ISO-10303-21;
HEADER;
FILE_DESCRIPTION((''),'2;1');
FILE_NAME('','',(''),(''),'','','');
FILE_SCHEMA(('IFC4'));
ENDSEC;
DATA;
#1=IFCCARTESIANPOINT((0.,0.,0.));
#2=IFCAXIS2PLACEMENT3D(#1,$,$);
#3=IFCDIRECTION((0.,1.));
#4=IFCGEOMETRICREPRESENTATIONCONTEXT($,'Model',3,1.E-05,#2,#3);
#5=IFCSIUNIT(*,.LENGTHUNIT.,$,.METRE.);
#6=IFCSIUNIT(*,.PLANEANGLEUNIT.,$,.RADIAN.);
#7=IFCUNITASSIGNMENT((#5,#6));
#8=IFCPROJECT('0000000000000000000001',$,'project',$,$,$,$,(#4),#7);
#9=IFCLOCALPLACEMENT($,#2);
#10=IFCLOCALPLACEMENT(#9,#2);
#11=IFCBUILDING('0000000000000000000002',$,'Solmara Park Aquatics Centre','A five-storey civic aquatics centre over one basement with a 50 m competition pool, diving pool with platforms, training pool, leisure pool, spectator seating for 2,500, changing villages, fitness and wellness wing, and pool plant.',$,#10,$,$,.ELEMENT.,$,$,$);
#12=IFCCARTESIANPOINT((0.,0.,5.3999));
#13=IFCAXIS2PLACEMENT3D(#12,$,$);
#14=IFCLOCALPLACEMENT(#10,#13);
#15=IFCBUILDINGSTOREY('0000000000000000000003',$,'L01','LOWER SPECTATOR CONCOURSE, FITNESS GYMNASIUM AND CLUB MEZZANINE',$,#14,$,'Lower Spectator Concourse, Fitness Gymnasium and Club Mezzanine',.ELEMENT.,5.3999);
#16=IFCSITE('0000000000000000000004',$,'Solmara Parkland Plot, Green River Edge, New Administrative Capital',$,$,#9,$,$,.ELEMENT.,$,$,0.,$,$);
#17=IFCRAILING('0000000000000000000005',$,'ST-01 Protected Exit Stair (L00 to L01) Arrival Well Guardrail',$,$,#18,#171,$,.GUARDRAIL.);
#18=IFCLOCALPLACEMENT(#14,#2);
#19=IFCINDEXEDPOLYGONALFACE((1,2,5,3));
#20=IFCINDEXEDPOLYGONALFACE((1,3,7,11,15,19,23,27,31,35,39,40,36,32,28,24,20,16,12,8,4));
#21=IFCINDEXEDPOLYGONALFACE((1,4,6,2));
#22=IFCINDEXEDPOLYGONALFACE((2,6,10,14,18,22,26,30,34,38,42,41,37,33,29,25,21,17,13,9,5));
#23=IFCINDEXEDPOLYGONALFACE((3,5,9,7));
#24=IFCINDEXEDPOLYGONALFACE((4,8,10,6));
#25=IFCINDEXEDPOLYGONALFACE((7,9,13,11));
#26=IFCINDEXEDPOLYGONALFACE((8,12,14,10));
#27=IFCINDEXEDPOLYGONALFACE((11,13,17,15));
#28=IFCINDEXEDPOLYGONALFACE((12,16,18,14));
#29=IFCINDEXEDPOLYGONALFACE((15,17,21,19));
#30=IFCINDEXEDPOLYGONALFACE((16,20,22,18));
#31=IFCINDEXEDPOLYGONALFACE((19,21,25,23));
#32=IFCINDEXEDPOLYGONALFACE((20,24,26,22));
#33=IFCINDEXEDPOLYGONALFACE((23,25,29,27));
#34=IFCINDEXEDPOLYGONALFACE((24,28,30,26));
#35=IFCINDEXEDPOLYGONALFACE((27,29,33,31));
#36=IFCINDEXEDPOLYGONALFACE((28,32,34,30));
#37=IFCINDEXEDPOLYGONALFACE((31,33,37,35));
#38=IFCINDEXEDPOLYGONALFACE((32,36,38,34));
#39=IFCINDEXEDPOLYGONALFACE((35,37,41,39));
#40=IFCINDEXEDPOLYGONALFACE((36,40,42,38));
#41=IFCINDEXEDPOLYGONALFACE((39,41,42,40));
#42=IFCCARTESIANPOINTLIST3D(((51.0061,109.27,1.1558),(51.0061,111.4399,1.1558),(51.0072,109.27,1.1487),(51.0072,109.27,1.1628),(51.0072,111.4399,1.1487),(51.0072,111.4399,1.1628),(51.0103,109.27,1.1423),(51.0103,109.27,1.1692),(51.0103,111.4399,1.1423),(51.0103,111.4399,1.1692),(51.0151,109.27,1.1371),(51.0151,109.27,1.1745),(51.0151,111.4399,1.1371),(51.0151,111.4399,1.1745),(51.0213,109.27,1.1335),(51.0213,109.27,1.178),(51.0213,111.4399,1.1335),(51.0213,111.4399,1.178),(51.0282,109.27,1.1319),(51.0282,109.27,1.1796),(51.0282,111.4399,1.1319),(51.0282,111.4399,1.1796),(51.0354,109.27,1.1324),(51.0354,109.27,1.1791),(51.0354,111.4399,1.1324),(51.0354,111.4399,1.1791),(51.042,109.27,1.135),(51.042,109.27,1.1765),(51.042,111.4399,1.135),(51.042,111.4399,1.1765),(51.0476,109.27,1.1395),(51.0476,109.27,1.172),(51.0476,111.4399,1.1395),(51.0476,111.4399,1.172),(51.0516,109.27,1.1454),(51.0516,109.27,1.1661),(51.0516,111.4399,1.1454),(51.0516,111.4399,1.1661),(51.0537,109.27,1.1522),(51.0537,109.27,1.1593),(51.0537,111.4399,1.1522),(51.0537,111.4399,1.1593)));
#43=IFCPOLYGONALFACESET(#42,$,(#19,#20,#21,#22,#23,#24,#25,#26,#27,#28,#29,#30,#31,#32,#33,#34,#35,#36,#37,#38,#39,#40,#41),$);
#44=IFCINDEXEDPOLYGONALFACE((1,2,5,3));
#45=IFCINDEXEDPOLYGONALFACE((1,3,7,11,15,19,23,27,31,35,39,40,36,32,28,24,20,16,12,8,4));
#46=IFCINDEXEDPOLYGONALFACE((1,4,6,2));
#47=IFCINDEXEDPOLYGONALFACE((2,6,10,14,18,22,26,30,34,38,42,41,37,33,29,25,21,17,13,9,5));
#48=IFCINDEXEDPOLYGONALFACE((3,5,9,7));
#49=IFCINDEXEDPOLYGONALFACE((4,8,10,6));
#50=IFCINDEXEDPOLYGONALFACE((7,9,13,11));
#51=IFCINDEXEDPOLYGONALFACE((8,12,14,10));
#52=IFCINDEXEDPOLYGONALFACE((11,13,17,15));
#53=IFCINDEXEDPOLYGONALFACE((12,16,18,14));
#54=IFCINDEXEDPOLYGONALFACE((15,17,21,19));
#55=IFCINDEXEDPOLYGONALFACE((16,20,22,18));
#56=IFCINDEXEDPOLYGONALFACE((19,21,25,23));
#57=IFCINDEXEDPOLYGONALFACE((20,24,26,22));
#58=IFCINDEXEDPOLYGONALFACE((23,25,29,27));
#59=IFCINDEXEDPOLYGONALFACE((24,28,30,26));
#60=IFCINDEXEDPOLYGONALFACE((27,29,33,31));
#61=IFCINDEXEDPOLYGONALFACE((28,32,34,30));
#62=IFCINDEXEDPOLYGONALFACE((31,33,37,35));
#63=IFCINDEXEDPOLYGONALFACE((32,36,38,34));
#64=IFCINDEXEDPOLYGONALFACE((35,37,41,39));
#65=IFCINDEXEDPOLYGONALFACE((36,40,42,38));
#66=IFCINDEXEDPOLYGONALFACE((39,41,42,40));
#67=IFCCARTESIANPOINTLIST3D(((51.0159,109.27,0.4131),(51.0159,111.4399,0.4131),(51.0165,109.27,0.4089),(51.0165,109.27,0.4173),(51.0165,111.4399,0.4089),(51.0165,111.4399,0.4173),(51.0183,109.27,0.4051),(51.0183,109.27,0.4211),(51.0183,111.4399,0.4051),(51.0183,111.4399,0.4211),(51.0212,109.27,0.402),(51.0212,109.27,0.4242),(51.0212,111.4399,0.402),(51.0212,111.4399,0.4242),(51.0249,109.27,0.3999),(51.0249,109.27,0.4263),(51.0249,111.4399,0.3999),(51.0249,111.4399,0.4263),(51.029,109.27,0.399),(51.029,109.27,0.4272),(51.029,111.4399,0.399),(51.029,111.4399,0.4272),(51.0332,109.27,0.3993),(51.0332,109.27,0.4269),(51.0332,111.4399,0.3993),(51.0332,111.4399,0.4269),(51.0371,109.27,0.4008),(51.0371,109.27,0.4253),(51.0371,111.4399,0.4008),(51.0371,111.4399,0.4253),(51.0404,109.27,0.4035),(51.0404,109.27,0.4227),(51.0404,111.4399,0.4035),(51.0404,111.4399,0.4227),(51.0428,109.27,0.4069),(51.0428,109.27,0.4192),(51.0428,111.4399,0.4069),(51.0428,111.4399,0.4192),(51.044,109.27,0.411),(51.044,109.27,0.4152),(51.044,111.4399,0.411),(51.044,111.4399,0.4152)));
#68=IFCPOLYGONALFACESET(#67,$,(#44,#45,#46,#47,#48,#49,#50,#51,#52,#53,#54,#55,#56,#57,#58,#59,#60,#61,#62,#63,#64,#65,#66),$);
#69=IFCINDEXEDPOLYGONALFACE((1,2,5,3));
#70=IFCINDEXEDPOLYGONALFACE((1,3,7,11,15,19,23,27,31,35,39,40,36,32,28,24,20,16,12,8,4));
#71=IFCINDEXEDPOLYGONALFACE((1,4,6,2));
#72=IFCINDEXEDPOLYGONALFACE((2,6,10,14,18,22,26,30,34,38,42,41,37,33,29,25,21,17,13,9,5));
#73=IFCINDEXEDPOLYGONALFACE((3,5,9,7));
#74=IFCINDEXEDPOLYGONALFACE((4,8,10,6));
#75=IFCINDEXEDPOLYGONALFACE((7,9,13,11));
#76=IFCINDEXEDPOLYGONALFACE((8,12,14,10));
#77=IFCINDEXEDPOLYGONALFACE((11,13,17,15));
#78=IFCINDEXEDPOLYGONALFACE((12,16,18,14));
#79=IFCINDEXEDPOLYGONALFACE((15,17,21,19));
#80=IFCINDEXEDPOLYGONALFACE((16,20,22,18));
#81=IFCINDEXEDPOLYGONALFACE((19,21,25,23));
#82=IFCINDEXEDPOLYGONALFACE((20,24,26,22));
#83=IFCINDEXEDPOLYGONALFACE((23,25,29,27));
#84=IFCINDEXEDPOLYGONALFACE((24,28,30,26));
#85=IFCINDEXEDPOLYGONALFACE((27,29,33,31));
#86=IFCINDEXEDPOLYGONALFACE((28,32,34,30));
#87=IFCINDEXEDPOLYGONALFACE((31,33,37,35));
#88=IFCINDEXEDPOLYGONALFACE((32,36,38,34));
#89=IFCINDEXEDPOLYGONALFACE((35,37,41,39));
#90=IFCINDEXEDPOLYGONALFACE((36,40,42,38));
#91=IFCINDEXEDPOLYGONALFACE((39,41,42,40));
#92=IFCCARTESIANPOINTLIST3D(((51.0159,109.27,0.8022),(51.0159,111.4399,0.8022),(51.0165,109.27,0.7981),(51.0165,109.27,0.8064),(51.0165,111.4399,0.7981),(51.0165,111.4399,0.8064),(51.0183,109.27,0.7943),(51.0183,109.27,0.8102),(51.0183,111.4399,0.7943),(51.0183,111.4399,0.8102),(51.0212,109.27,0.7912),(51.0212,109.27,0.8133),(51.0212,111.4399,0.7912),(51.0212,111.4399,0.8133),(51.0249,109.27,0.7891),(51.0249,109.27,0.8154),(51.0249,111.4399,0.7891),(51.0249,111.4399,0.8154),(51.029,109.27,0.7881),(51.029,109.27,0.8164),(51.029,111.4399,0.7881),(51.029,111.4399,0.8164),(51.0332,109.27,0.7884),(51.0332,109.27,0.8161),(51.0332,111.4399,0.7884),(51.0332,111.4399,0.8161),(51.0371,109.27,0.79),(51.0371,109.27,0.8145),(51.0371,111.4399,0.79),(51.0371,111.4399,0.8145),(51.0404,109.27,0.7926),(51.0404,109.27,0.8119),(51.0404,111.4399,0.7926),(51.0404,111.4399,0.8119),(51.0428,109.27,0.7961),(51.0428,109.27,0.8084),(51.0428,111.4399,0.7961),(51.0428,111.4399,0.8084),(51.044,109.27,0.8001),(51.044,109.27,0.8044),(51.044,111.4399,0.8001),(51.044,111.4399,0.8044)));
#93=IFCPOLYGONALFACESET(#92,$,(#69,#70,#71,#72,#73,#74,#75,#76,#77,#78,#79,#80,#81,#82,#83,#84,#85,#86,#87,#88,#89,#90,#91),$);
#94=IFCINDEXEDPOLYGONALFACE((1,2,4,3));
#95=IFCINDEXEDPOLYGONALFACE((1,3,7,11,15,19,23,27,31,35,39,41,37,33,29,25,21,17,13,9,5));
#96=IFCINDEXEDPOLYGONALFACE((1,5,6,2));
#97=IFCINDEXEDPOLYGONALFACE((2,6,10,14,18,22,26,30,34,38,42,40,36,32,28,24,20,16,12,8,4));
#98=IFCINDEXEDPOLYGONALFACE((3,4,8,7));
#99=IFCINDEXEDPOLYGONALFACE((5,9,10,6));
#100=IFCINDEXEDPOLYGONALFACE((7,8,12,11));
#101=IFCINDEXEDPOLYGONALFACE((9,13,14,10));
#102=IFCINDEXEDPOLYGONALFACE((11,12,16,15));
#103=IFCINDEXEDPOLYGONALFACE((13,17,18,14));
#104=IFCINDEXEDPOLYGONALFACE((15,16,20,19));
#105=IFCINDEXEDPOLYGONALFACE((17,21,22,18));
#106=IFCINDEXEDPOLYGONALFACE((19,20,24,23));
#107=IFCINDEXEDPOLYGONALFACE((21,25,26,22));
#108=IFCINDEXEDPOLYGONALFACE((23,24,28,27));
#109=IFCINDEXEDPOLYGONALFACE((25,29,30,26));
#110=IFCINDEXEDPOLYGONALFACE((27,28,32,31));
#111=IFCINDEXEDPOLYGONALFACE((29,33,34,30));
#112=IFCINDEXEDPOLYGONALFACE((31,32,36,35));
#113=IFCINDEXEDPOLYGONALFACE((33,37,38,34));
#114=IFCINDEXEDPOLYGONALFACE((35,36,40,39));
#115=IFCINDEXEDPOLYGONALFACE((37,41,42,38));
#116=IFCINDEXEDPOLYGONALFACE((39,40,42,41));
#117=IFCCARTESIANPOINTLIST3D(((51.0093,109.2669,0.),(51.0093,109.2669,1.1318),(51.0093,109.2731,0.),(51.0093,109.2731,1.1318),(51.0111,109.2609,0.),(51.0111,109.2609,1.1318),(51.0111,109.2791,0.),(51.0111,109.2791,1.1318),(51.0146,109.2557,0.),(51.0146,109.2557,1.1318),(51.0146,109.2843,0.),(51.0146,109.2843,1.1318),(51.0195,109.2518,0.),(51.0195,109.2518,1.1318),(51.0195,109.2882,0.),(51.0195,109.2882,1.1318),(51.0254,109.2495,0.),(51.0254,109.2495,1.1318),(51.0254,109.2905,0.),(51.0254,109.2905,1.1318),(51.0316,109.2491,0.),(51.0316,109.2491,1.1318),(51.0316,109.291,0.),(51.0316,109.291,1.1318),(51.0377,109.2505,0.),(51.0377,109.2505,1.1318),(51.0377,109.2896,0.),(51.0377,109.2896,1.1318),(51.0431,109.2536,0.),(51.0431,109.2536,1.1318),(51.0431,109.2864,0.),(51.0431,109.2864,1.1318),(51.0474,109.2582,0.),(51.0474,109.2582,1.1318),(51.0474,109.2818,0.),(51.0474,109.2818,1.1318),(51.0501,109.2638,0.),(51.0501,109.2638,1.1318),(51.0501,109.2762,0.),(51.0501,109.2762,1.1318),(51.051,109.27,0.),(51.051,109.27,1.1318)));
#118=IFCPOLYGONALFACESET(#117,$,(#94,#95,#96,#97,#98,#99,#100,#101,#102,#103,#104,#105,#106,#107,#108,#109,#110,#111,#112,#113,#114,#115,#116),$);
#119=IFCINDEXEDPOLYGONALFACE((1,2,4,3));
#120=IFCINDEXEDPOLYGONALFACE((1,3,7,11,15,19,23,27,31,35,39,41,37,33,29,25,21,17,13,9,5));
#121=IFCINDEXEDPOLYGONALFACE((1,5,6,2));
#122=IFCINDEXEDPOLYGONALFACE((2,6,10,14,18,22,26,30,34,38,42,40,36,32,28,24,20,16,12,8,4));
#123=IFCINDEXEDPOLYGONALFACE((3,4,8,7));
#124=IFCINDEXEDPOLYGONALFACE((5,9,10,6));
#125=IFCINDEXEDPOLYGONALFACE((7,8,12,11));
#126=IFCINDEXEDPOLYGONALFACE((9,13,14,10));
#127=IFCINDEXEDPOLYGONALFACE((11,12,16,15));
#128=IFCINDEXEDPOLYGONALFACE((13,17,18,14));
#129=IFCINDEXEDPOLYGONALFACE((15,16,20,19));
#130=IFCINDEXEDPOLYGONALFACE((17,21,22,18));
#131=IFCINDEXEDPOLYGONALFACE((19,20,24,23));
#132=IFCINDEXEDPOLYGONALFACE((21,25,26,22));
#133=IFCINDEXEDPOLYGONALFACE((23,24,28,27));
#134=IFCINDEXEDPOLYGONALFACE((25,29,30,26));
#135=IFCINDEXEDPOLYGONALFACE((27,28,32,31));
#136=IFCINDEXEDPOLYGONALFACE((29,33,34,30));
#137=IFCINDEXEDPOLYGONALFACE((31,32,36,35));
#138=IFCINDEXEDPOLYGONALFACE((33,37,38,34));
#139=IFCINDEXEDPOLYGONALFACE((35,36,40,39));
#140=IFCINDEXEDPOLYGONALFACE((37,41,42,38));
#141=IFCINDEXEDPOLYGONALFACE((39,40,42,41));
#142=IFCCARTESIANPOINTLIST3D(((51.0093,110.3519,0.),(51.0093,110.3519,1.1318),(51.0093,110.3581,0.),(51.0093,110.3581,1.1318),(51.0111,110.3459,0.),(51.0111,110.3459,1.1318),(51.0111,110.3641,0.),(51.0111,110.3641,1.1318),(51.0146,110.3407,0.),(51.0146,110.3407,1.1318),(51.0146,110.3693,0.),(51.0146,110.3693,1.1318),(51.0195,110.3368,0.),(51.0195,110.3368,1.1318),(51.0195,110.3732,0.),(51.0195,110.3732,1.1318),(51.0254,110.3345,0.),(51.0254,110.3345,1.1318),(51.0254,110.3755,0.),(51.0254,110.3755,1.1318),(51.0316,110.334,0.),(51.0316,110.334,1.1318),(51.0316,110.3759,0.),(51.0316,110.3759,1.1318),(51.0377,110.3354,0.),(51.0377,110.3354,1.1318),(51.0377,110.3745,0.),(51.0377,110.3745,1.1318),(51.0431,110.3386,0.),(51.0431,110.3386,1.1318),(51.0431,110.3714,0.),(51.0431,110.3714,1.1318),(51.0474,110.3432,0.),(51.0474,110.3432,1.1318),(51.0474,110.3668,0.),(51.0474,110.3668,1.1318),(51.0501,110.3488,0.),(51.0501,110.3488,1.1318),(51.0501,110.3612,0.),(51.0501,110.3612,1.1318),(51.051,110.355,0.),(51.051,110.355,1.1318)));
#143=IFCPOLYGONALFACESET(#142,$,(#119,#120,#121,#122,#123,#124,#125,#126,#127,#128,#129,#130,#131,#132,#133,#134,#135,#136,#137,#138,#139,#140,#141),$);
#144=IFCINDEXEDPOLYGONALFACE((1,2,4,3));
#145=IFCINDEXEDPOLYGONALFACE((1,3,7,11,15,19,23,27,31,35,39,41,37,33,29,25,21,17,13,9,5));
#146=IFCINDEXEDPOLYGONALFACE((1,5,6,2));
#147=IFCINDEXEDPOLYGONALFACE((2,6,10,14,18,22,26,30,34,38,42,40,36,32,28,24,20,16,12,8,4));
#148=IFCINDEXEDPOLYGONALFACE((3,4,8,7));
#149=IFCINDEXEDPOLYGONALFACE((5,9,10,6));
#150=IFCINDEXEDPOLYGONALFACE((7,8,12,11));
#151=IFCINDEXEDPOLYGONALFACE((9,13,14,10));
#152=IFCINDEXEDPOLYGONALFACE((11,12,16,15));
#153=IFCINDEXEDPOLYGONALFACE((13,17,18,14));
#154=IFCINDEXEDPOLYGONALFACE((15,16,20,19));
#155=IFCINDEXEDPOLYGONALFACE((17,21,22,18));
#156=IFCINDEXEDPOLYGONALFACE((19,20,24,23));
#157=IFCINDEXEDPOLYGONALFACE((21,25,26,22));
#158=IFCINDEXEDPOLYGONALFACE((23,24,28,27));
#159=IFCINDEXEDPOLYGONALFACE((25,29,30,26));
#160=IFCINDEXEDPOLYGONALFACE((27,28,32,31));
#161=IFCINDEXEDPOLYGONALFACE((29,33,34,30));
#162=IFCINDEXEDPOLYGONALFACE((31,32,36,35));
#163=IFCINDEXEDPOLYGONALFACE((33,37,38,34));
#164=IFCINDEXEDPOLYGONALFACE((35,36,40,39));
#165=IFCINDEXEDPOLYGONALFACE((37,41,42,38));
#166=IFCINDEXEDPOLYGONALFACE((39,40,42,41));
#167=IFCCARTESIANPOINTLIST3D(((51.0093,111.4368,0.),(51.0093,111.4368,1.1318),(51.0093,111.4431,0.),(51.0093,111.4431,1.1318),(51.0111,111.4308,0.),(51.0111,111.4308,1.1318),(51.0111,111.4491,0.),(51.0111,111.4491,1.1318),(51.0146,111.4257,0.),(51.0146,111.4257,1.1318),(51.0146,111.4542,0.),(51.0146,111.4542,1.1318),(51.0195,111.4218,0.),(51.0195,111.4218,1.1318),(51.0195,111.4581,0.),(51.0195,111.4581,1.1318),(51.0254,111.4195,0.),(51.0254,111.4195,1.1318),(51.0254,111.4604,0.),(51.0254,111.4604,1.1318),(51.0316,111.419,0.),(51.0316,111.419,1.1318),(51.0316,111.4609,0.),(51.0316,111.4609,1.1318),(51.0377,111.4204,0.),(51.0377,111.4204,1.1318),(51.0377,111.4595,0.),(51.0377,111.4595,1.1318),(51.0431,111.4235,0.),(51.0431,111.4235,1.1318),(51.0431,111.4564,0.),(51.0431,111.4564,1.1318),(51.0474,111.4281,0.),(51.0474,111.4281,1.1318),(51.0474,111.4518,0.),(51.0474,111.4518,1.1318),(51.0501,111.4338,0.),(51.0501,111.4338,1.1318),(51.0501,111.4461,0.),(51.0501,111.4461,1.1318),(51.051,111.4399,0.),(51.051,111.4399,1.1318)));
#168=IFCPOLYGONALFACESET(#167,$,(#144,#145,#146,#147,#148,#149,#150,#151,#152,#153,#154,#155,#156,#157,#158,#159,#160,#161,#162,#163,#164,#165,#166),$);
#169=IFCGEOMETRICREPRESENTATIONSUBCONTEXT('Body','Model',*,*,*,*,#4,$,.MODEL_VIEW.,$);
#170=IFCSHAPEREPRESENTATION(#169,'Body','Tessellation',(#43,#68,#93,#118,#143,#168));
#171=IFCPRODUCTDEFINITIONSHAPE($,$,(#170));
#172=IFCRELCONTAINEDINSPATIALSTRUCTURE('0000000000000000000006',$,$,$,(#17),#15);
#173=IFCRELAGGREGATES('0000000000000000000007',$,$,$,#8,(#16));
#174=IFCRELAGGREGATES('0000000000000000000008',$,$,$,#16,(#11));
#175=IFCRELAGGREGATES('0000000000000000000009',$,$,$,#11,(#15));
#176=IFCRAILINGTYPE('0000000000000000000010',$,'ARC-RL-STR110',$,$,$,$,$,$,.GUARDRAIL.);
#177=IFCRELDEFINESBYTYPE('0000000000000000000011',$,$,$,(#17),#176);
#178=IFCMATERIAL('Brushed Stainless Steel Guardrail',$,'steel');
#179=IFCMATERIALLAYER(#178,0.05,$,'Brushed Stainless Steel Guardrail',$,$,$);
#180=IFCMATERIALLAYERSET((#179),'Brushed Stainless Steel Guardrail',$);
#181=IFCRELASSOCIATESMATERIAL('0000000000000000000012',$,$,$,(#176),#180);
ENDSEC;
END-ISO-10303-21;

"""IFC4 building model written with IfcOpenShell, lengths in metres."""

from ifc_helpers import new_model, si_unit, direction, frame, origin, origin_2d, place, context, subcontext, project, spatial, circle, extrude, material, layer, layer_set, type_object, element, save


model = new_model("IFC4")

# Units and contexts
model_context = context("Model", 3, precision=1e-05, world=origin(), true_north=direction((0.0, 1.0)))
body_context = subcontext(model_context, "Body", "Model", "MODEL_VIEW")
ifc_project = project(units=[si_unit("LENGTHUNIT", "METRE"), si_unit("PLANEANGLEUNIT", "RADIAN")], contexts=[model_context])

# Site, building, storey
site_placement = place(None, origin())
site = spatial("IfcSite", under=ifc_project, at=site_placement, Name="Solmara Parkland Plot, Green River Edge, New Administrative Capital", CompositionType="ELEMENT", RefElevation=0.0)
building_placement = place(site_placement, origin())
building = spatial("IfcBuilding", under=site, at=building_placement, Name="Solmara Park Aquatics Centre", Description="A five-storey civic aquatics centre over one basement with a 50 m competition pool, diving pool with platforms, training pool, leisure pool, spectator seating for 2,500, changing villages, fitness and wellness wing, and pool plant.", CompositionType="ELEMENT")
storey_placement = place(building_placement, frame((0.0, 0.0, 5.3999)))
storey = spatial("IfcBuildingStorey", under=building, at=storey_placement, Name="L01", Description="LOWER SPECTATOR CONCOURSE, FITNESS GYMNASIUM AND CLUB MEZZANINE", LongName="Lower Spectator Concourse, Fitness Gymnasium and Club Mezzanine", CompositionType="ELEMENT", Elevation=5.3999)

# Railing
ifc_material_1 = material(Name="Brushed Stainless Steel Guardrail", Category="steel")
ifc_layer_1 = layer(ifc_material_1, 0.05, Name="Brushed Stainless Steel Guardrail")
ifc_layer_set_1 = layer_set([ifc_layer_1], Name="Brushed Stainless Steel Guardrail")
railing_type_1 = type_object("IfcRailingType", Name="ARC-RL-STR110", PredefinedType="GUARDRAIL", material=ifc_layer_set_1)
railing_1_placement = place(storey_placement, frame((51.03, 109.27, 0.0)))
element("IfcRailing", 1, at=railing_1_placement, inside=storey, type_object=railing_type_1, Name="ST-01 Protected Exit Stair (L00 to L01) Arrival Well Guardrail", PredefinedType="GUARDRAIL", context=body_context, shape_type="SweptSolid", body=[
    extrude(circle(Radius=0.0239, at=origin_2d()), frame((0.0, 0.0, 1.1558), z_axis=(0.0, 1.0, 0.0), x_axis=(-1.0, 0.0, 0.0)), (0.0, 0.0, 1.0), 2.1699),
    extrude(circle(Radius=0.0142, at=origin_2d()), frame((0.0, 0.0, 0.4131), z_axis=(0.0, 1.0, 0.0), x_axis=(-1.0, 0.0, 0.0)), (0.0, 0.0, 1.0), 2.1699),
    extrude(circle(Radius=0.0142, at=origin_2d()), frame((0.0, 0.0, 0.8022), z_axis=(0.0, 1.0, 0.0), x_axis=(-1.0, 0.0, 0.0)), (0.0, 0.0, 1.0), 2.1699),
    extrude(circle(Radius=0.021, at=origin_2d()), origin(), (0.0, 0.0, 1.0), 1.1318),
    extrude(circle(Radius=0.021, at=origin_2d()), frame((0.0, 1.085, 0.0)), (0.0, 0.0, 1.0), 1.1318),
    extrude(circle(Radius=0.021, at=origin_2d()), frame((0.0, 2.1699, 0.0)), (0.0, 0.0, 1.0), 1.1318),
])

save(model, "model.ifc")
